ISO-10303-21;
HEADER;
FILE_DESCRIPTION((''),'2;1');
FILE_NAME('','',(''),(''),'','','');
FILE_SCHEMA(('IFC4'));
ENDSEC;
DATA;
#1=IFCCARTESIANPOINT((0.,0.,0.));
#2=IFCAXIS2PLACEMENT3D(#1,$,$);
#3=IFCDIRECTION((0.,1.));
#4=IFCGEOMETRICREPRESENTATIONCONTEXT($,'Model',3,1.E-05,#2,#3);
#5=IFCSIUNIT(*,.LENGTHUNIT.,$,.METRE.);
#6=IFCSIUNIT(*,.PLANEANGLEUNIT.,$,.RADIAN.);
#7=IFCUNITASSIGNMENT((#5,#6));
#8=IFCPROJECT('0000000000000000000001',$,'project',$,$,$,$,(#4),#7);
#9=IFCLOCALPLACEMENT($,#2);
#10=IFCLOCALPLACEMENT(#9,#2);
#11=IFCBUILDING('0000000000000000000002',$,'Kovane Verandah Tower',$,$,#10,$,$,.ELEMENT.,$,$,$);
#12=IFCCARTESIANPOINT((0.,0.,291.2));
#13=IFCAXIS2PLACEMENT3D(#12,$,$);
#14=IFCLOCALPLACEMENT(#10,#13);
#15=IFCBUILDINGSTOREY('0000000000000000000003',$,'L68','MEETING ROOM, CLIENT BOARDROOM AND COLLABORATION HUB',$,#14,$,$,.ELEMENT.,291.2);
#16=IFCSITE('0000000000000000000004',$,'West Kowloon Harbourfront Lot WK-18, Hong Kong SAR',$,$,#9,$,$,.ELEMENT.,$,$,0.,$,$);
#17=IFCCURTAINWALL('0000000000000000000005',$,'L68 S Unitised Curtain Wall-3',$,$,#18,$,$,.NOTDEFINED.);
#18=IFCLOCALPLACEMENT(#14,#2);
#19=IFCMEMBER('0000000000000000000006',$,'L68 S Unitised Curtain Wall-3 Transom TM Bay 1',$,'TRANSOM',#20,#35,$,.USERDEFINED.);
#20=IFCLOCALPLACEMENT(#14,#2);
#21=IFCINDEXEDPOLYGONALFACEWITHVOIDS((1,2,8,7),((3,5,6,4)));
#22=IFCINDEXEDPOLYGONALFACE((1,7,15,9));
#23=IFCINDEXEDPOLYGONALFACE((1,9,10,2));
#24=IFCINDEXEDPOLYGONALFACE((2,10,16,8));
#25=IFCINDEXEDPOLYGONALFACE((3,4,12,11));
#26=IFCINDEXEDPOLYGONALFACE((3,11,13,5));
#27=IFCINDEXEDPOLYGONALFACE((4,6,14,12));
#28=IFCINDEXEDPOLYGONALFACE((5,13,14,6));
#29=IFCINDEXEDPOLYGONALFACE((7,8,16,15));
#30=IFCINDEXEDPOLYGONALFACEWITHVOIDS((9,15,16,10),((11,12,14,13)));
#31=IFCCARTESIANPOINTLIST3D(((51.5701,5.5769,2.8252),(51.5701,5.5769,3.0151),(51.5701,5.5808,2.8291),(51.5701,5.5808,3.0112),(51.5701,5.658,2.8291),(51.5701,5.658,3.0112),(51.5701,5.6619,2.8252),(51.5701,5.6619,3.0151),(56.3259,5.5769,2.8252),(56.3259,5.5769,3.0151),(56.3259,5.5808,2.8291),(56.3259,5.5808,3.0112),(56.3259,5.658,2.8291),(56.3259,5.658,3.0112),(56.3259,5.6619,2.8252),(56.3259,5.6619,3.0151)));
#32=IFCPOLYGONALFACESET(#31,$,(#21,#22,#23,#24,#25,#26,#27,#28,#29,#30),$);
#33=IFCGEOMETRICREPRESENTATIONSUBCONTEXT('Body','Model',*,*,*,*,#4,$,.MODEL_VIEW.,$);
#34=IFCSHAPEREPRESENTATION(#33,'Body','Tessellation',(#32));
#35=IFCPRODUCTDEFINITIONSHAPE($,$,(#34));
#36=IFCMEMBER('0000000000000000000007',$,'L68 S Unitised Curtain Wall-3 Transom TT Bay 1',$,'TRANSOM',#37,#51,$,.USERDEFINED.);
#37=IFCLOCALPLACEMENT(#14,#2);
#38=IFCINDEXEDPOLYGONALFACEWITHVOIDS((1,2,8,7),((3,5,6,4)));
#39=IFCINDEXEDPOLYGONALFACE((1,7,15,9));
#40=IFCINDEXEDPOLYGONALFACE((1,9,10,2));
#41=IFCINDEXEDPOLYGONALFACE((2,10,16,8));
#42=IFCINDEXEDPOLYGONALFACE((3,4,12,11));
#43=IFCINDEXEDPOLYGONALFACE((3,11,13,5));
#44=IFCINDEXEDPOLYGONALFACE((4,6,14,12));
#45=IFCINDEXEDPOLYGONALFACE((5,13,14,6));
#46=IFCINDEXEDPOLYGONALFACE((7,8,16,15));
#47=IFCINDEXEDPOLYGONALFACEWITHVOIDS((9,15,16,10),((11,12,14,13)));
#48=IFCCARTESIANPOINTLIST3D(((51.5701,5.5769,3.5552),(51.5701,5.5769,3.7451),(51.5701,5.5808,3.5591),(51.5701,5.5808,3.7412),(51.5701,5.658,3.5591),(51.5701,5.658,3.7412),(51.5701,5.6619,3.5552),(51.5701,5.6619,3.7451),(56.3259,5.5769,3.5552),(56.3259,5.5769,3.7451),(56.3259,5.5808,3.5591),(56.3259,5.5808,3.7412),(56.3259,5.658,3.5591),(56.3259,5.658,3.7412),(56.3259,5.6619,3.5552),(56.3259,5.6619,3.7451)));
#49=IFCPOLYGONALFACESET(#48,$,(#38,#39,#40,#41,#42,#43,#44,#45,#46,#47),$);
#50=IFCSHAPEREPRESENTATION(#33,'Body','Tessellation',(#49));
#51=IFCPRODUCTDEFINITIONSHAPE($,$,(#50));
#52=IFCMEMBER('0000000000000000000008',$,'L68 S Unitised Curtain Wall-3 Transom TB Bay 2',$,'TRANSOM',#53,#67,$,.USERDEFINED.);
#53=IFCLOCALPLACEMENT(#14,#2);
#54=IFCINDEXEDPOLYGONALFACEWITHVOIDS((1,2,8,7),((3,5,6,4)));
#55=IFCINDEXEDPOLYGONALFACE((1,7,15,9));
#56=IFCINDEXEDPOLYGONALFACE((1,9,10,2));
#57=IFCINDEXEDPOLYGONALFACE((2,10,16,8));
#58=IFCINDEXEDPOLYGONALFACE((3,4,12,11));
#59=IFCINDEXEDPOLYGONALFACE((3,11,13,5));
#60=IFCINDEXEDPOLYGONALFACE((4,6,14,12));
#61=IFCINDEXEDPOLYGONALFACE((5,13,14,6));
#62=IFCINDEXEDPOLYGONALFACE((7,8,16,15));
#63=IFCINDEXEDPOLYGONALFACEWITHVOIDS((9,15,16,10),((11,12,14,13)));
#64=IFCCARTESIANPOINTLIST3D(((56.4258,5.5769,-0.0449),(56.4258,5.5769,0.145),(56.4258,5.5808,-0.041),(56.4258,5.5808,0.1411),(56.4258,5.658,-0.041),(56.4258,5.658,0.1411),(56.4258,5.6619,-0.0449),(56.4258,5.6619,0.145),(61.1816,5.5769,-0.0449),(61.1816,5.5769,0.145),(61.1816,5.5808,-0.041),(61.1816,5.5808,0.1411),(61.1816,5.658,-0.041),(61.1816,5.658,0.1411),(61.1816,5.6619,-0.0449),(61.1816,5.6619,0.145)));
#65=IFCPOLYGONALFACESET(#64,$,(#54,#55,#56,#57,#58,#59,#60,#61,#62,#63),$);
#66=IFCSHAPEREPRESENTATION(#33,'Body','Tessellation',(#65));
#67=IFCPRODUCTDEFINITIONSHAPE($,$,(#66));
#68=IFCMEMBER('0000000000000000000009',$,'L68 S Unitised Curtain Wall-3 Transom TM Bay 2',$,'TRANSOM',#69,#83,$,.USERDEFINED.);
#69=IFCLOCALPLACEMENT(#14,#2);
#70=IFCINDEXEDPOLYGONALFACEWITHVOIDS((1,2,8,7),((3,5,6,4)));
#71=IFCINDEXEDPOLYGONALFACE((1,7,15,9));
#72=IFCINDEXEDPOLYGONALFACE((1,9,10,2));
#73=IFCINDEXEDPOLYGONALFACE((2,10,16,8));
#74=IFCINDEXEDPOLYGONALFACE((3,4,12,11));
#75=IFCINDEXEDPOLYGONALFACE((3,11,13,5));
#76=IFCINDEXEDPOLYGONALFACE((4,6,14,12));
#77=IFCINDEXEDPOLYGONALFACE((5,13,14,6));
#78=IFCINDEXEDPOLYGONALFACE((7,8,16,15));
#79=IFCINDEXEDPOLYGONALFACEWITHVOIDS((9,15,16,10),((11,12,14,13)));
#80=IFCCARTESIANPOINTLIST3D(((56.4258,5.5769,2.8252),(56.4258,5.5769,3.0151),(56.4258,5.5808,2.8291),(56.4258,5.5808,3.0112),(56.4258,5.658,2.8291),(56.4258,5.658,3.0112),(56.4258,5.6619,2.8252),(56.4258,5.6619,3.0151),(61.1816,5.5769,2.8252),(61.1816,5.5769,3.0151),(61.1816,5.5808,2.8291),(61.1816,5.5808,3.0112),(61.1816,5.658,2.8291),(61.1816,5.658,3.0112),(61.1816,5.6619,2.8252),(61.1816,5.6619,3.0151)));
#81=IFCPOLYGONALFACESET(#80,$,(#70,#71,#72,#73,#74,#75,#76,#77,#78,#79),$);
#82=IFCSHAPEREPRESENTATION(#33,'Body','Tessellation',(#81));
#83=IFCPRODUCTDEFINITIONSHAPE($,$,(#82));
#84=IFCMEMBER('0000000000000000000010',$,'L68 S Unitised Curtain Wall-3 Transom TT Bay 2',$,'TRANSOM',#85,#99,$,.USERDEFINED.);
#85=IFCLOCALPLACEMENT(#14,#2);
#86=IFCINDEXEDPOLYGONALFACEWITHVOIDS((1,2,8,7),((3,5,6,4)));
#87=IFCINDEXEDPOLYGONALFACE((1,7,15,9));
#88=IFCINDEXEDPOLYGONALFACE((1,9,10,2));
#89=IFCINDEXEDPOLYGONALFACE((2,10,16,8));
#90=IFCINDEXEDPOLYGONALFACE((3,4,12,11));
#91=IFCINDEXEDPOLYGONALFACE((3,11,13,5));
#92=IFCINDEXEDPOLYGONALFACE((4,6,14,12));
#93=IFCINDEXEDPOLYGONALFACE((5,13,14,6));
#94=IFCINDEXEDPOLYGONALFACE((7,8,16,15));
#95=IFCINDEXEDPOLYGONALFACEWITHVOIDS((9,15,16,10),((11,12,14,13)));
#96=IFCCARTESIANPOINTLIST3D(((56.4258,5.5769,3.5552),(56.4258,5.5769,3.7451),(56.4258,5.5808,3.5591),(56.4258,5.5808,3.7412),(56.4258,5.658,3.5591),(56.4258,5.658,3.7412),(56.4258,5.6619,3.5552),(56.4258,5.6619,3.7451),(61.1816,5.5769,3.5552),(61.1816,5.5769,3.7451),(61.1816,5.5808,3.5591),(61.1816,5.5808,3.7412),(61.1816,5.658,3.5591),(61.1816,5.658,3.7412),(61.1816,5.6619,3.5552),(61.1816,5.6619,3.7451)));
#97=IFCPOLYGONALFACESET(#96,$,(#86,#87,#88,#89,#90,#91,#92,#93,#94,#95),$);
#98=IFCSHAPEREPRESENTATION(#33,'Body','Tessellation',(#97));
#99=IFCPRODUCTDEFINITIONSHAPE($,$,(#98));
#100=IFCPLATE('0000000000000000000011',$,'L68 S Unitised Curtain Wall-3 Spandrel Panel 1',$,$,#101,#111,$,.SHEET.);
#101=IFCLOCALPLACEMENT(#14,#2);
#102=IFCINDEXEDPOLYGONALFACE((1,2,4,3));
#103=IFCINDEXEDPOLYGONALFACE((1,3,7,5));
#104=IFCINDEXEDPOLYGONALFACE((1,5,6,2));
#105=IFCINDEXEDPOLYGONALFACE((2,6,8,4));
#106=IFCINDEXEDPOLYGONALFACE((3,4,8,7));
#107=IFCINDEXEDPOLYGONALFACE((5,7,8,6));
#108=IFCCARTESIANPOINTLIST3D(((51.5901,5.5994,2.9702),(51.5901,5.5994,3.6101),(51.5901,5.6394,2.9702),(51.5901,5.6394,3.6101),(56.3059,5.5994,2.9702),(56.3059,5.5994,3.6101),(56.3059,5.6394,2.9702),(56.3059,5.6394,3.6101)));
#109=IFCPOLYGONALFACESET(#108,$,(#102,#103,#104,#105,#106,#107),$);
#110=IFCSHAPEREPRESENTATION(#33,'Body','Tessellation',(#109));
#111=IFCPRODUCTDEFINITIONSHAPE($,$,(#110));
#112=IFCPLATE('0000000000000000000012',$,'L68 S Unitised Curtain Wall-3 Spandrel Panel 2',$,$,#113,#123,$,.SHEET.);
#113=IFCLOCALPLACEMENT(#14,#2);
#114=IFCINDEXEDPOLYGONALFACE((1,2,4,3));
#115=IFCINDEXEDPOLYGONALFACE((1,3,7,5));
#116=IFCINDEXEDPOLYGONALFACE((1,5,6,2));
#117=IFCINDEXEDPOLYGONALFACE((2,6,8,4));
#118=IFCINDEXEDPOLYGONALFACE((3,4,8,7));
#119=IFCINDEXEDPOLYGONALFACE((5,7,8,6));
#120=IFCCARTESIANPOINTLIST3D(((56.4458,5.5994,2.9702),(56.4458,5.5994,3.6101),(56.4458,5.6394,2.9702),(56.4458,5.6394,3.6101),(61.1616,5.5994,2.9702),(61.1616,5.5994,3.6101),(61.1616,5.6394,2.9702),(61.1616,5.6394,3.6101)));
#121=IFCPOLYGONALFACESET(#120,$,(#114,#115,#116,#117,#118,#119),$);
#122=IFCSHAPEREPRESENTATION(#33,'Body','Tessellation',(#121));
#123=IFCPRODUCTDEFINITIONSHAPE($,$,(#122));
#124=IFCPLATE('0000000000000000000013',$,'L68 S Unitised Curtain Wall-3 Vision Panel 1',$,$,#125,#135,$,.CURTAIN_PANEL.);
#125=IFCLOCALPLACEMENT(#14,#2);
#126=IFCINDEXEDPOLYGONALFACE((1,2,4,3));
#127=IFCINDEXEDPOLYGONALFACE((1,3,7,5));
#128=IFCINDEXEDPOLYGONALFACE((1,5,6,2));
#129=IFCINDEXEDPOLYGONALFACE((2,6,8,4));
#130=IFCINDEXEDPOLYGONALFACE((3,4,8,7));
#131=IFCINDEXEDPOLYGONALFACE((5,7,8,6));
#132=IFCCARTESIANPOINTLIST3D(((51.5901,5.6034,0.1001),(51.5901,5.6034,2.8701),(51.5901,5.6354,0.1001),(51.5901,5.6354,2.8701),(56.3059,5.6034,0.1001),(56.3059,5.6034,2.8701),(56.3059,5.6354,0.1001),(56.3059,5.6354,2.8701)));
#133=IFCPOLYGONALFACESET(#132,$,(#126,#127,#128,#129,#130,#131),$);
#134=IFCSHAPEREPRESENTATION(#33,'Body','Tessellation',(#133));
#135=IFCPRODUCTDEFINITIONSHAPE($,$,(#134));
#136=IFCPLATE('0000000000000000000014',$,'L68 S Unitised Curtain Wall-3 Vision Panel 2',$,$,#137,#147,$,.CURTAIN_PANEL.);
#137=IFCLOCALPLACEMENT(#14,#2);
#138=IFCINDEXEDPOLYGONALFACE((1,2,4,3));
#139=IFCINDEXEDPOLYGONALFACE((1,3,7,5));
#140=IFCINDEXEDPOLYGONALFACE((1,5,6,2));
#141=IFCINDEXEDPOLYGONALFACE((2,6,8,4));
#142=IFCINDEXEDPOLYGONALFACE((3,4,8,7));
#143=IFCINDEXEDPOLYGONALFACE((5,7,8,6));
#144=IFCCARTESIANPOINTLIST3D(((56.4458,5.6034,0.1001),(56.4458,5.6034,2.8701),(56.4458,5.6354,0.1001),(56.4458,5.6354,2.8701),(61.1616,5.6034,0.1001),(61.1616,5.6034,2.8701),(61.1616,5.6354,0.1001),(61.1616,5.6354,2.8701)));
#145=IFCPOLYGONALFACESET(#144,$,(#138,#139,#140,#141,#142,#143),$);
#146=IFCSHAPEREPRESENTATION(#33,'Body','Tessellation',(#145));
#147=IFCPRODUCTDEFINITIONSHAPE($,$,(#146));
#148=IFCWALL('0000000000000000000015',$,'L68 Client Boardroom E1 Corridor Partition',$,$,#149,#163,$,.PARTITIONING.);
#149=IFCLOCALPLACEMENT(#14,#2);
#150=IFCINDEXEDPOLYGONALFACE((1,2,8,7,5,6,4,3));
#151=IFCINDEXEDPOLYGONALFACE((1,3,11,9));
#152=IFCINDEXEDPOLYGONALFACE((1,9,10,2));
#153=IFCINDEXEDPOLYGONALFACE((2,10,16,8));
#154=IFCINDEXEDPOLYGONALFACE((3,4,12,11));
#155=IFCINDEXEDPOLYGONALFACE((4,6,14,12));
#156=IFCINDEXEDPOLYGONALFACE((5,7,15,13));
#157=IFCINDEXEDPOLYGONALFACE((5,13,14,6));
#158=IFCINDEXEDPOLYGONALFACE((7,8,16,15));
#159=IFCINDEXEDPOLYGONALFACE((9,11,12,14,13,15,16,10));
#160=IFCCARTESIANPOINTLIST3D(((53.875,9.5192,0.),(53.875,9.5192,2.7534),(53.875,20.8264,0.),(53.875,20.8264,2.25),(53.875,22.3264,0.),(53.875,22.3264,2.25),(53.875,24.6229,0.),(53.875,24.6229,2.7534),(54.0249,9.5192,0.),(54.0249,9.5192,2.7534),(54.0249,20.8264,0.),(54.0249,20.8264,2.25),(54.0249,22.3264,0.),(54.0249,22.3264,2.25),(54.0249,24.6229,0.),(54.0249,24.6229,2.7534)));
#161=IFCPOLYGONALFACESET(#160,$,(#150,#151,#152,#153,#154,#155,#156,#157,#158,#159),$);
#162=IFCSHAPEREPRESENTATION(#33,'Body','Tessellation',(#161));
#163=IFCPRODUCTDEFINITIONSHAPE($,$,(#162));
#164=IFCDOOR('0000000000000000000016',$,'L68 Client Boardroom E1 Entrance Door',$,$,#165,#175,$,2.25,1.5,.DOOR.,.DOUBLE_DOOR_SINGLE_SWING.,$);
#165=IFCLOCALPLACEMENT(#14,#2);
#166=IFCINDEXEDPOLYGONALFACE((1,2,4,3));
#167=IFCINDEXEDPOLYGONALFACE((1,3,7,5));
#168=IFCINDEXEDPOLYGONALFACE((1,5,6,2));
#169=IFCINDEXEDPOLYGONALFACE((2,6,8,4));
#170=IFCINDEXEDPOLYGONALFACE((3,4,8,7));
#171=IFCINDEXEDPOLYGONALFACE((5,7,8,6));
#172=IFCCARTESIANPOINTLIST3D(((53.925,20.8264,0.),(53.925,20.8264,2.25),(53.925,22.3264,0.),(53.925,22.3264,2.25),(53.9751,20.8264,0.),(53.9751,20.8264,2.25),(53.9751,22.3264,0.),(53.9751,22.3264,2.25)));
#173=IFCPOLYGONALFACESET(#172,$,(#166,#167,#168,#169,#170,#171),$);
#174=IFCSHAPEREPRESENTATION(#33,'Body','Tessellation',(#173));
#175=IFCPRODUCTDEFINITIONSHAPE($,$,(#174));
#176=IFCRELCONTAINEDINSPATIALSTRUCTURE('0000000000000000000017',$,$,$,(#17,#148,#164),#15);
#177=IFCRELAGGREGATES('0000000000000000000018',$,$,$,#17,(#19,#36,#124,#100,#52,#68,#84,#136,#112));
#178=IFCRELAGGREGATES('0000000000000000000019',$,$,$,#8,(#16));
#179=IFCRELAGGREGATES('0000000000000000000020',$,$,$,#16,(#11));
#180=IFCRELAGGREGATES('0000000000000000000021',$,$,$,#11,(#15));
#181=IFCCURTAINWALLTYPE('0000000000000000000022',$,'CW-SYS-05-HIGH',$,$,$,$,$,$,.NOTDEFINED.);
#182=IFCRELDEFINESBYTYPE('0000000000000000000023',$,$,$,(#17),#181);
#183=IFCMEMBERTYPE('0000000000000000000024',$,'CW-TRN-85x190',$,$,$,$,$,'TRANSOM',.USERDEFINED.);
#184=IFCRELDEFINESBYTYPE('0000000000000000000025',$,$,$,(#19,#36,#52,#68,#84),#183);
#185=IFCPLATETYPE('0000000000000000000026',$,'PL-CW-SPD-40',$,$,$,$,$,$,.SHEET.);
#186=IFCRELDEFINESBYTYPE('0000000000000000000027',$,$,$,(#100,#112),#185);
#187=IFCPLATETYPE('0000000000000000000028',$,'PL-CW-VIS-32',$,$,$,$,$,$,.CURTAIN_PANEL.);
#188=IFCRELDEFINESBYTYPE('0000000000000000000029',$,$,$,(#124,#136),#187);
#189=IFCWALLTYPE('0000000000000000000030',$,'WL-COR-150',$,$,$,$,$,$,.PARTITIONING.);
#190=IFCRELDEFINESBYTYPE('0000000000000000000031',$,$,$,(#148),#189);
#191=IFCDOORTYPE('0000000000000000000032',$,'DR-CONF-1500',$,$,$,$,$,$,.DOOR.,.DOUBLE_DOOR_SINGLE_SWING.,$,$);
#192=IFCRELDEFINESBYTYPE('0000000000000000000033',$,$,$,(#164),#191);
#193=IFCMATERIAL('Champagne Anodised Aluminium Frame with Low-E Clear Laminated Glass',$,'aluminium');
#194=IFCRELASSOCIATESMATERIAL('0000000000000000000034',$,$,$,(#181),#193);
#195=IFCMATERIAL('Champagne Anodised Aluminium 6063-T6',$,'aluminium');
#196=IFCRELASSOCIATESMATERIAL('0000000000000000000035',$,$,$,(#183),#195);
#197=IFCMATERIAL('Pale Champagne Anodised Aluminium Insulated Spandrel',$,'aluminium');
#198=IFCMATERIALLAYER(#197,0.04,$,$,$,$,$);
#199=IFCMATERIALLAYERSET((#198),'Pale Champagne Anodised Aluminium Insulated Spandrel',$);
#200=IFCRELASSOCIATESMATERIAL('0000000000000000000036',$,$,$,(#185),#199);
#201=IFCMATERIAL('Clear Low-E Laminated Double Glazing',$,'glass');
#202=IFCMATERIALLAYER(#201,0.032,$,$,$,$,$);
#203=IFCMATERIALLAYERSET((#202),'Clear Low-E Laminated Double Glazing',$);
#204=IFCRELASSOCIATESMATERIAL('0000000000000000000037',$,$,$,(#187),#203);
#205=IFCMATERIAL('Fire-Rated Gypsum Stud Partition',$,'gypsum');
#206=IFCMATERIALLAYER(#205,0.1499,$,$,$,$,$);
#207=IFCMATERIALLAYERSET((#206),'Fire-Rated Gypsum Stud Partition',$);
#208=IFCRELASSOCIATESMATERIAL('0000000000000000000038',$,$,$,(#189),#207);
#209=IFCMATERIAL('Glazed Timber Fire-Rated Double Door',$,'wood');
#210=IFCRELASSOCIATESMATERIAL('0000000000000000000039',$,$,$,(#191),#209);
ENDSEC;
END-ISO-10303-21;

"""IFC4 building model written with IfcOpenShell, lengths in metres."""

from ifc_helpers import new_model, si_unit, direction, frame, frame_2d, origin, origin_2d, place, context, subcontext, project, spatial, rectangle, hollow_rectangle, extrude, material, layer, layer_set, material_profile, profile_set, type_object, element, fill, aggregate, save


model = new_model("IFC4")

# Units and contexts
model_context = context("Model", 3, precision=1e-05, world=origin(), true_north=direction((0.0, 1.0)))
body_context = subcontext(model_context, "Body", "Model", "MODEL_VIEW")
ifc_project = project(units=[si_unit("LENGTHUNIT", "METRE"), si_unit("PLANEANGLEUNIT", "RADIAN")], contexts=[model_context])

# Site, building, storey
site_placement = place(None, origin())
site = spatial("IfcSite", under=ifc_project, at=site_placement, Name="West Kowloon Harbourfront Lot WK-18, Hong Kong SAR", CompositionType="ELEMENT", RefElevation=0.0)
building_placement = place(site_placement, origin())
building = spatial("IfcBuilding", under=site, at=building_placement, Name="Kovane Verandah Tower", CompositionType="ELEMENT")
storey_placement = place(building_placement, frame((0.0, 0.0, 291.2)))
storey = spatial("IfcBuildingStorey", under=building, at=storey_placement, Name="L68", Description="MEETING ROOM, CLIENT BOARDROOM AND COLLABORATION HUB", CompositionType="ELEMENT", Elevation=291.2)

# Shared definitions
ifc_material_1 = material(Name="Champagne Anodised Aluminium Frame with Low-E Clear Laminated Glass", Category="aluminium")
curtain_wall_type = type_object("IfcCurtainWallType", Name="CW-SYS-05-HIGH", PredefinedType="NOTDEFINED", material=ifc_material_1)
ifc_material_2 = material(Name="Champagne Anodised Aluminium 6063-T6", Category="aluminium")

# Curtain wall, members, plates
curtain_wall_1_placement = place(storey_placement, origin())
curtain_wall_1 = element("IfcCurtainWall", 1, at=curtain_wall_1_placement, inside=storey, type_object=curtain_wall_type, Name="L68 S Unitised Curtain Wall-3", PredefinedType="NOTDEFINED")
ifc_material_profile_1 = material_profile(ifc_material_2, hollow_rectangle(XDim=0.085, YDim=0.1899, WallThickness=0.0039, at=origin_2d()), Name="AL85x190x4")
ifc_profile_set_1 = profile_set([ifc_material_profile_1], Name="Champagne Anodised Aluminium 6063-T6")
member_type_1 = type_object("IfcMemberType", Name="CW-TRN-85x190", ElementType="TRANSOM", PredefinedType="USERDEFINED", material=ifc_profile_set_1)
member_1_placement = place(storey_placement, frame((51.5701, 5.6194, 2.9202), z_axis=(1.0, 0.0, 0.0), x_axis=(0.0, 1.0, 0.0)))
member_1 = element("IfcMember", 2, at=member_1_placement, type_object=member_type_1, Name="L68 S Unitised Curtain Wall-3 Transom TM Bay 1", ObjectType="TRANSOM", PredefinedType="USERDEFINED", context=body_context, shape_type="SweptSolid", body=[
    extrude(hollow_rectangle(XDim=0.085, YDim=0.1899, WallThickness=0.0039, at=origin_2d()), origin(), (0.0, 0.0, 1.0), 4.7559),
])
member_2_placement = place(storey_placement, frame((51.5701, 5.6194, 3.6501), z_axis=(1.0, 0.0, 0.0), x_axis=(0.0, 1.0, 0.0)))
member_2 = element("IfcMember", 3, at=member_2_placement, type_object=member_type_1, Name="L68 S Unitised Curtain Wall-3 Transom TT Bay 1", ObjectType="TRANSOM", PredefinedType="USERDEFINED", context=body_context, shape_type="SweptSolid", body=[
    extrude(hollow_rectangle(XDim=0.085, YDim=0.1899, WallThickness=0.0039, at=origin_2d()), origin(), (0.0, 0.0, 1.0), 4.7559),
])
member_3_placement = place(storey_placement, frame((56.4258, 5.6194, 0.05), z_axis=(1.0, 0.0, 0.0), x_axis=(0.0, 1.0, 0.0)))
member_3 = element("IfcMember", 4, at=member_3_placement, type_object=member_type_1, Name="L68 S Unitised Curtain Wall-3 Transom TB Bay 2", ObjectType="TRANSOM", PredefinedType="USERDEFINED", context=body_context, shape_type="SweptSolid", body=[
    extrude(hollow_rectangle(XDim=0.085, YDim=0.1899, WallThickness=0.0039, at=origin_2d()), origin(), (0.0, 0.0, 1.0), 4.7559),
])
member_4_placement = place(storey_placement, frame((56.4258, 5.6194, 2.9202), z_axis=(1.0, 0.0, 0.0), x_axis=(0.0, 1.0, 0.0)))
member_4 = element("IfcMember", 5, at=member_4_placement, type_object=member_type_1, Name="L68 S Unitised Curtain Wall-3 Transom TM Bay 2", ObjectType="TRANSOM", PredefinedType="USERDEFINED", context=body_context, shape_type="SweptSolid", body=[
    extrude(hollow_rectangle(XDim=0.085, YDim=0.1899, WallThickness=0.0039, at=origin_2d()), origin(), (0.0, 0.0, 1.0), 4.7559),
])
member_5_placement = place(storey_placement, frame((56.4258, 5.6194, 3.6501), z_axis=(1.0, 0.0, 0.0), x_axis=(0.0, 1.0, 0.0)))
member_5 = element("IfcMember", 6, at=member_5_placement, type_object=member_type_1, Name="L68 S Unitised Curtain Wall-3 Transom TT Bay 2", ObjectType="TRANSOM", PredefinedType="USERDEFINED", context=body_context, shape_type="SweptSolid", body=[
    extrude(hollow_rectangle(XDim=0.085, YDim=0.1899, WallThickness=0.0039, at=origin_2d()), origin(), (0.0, 0.0, 1.0), 4.7559),
])
ifc_material_3 = material(Name="Pale Champagne Anodised Aluminium Insulated Spandrel", Category="aluminium")
ifc_layer_1 = layer(ifc_material_3, 0.04)
ifc_layer_set_1 = layer_set([ifc_layer_1], Name="Pale Champagne Anodised Aluminium Insulated Spandrel")
plate_type_1 = type_object("IfcPlateType", Name="PL-CW-SPD-40", PredefinedType="SHEET", material=ifc_layer_set_1)
plate_1_placement = place(storey_placement, frame((53.948, 5.6194, 2.9702), z_axis=(0.0, 0.0, 1.0), x_axis=(1.0, 0.0, 0.0)))
plate_1 = element("IfcPlate", 7, at=plate_1_placement, type_object=plate_type_1, Name="L68 S Unitised Curtain Wall-3 Spandrel Panel 1", PredefinedType="SHEET", context=body_context, shape_type="SweptSolid", body=[
    extrude(rectangle(XDim=4.7158, YDim=0.04, at=origin_2d()), origin(), (0.0, 0.0, 1.0), 0.6399),
])
plate_2_placement = place(storey_placement, frame((58.8037, 5.6194, 2.9702), z_axis=(0.0, 0.0, 1.0), x_axis=(1.0, 0.0, 0.0)))
plate_2 = element("IfcPlate", 8, at=plate_2_placement, type_object=plate_type_1, Name="L68 S Unitised Curtain Wall-3 Spandrel Panel 2", PredefinedType="SHEET", context=body_context, shape_type="SweptSolid", body=[
    extrude(rectangle(XDim=4.7158, YDim=0.04, at=origin_2d()), origin(), (0.0, 0.0, 1.0), 0.6399),
])
ifc_material_4 = material(Name="Clear Low-E Laminated Double Glazing", Category="glass")
ifc_layer_2 = layer(ifc_material_4, 0.032)
ifc_layer_set_2 = layer_set([ifc_layer_2], Name="Clear Low-E Laminated Double Glazing")
plate_type_2 = type_object("IfcPlateType", Name="PL-CW-VIS-32", PredefinedType="CURTAIN_PANEL", material=ifc_layer_set_2)
plate_3_placement = place(storey_placement, frame((53.948, 5.6194, 0.1001), z_axis=(0.0, 0.0, 1.0), x_axis=(1.0, 0.0, 0.0)))
plate_3 = element("IfcPlate", 9, at=plate_3_placement, type_object=plate_type_2, Name="L68 S Unitised Curtain Wall-3 Vision Panel 1", PredefinedType="CURTAIN_PANEL", context=body_context, shape_type="SweptSolid", body=[
    extrude(rectangle(XDim=4.7158, YDim=0.032, at=origin_2d()), origin(), (0.0, 0.0, 1.0), 2.77),
])
plate_4_placement = place(storey_placement, frame((58.8037, 5.6194, 0.1001), z_axis=(0.0, 0.0, 1.0), x_axis=(1.0, 0.0, 0.0)))
plate_4 = element("IfcPlate", 10, at=plate_4_placement, type_object=plate_type_2, Name="L68 S Unitised Curtain Wall-3 Vision Panel 2", PredefinedType="CURTAIN_PANEL", context=body_context, shape_type="SweptSolid", body=[
    extrude(rectangle(XDim=4.7158, YDim=0.032, at=origin_2d()), origin(), (0.0, 0.0, 1.0), 2.77),
])
aggregate(curtain_wall_1, [member_1, member_2, plate_3, plate_1, member_3, member_4, member_5, plate_4, plate_2])

# Wall, opening, door
ifc_material_5 = material(Name="Fire-Rated Gypsum Stud Partition", Category="gypsum")
ifc_layer_3 = layer(ifc_material_5, 0.1499)
ifc_layer_set_3 = layer_set([ifc_layer_3], Name="Fire-Rated Gypsum Stud Partition")
wall_type_1 = type_object("IfcWallType", Name="WL-COR-150", PredefinedType="PARTITIONING", material=ifc_layer_set_3)
wall_1_placement = place(storey_placement, frame((53.95, 9.5193, 0.0), z_axis=(0.0, 0.0, 1.0), x_axis=(0.0, 1.0, 0.0)))
wall_1 = element("IfcWall", 11, at=wall_1_placement, inside=storey, type_object=wall_type_1, Name="L68 Client Boardroom E1 Corridor Partition", PredefinedType="PARTITIONING", context=body_context, shape_type="SweptSolid", body=[
    extrude(rectangle(XDim=15.1038, YDim=0.1499, at=frame_2d((7.5518, 0.0))), origin(), (0.0, 0.0, 1.0), 2.7534),
])
opening_1_placement = place(wall_1_placement, frame((11.3071, 0.0, 0.0)))
opening_1 = element("IfcOpeningElement", 12, at=opening_1_placement, cuts=wall_1, PredefinedType="OPENING", context=body_context, shape_type="SweptSolid", body=[
    extrude(rectangle(XDim=1.5, YDim=2.25, at=frame_2d((0.75, 1.125))), frame((0.0, 0.075, 0.0), z_axis=(0.0, -1.0, 0.0), x_axis=(1.0, 0.0, 0.0)), (0.0, 0.0, 1.0), 0.1499),
])
ifc_material_6 = material(Name="Glazed Timber Fire-Rated Double Door", Category="wood")
door_type_1 = type_object("IfcDoorType", Name="DR-CONF-1500", OperationType="DOUBLE_DOOR_SINGLE_SWING", PredefinedType="DOOR", material=ifc_material_6)
door_1_placement = place(opening_1_placement, origin())
door_1 = element("IfcDoor", 13, at=door_1_placement, inside=storey, type_object=door_type_1, Name="L68 Client Boardroom E1 Entrance Door", OperationType="DOUBLE_DOOR_SINGLE_SWING", OverallHeight=2.25, OverallWidth=1.5, PredefinedType="DOOR", context=body_context, shape_type="SweptSolid", body=[
    extrude(rectangle(XDim=1.5, YDim=2.25, at=frame_2d((0.75, 1.125))), frame((0.0, 0.0249, 0.0), z_axis=(0.0, -1.0, 0.0), x_axis=(1.0, 0.0, 0.0)), (0.0, 0.0, 1.0), 0.05),
])
fill(opening_1, door_1)

save(model, "model.ifc")
